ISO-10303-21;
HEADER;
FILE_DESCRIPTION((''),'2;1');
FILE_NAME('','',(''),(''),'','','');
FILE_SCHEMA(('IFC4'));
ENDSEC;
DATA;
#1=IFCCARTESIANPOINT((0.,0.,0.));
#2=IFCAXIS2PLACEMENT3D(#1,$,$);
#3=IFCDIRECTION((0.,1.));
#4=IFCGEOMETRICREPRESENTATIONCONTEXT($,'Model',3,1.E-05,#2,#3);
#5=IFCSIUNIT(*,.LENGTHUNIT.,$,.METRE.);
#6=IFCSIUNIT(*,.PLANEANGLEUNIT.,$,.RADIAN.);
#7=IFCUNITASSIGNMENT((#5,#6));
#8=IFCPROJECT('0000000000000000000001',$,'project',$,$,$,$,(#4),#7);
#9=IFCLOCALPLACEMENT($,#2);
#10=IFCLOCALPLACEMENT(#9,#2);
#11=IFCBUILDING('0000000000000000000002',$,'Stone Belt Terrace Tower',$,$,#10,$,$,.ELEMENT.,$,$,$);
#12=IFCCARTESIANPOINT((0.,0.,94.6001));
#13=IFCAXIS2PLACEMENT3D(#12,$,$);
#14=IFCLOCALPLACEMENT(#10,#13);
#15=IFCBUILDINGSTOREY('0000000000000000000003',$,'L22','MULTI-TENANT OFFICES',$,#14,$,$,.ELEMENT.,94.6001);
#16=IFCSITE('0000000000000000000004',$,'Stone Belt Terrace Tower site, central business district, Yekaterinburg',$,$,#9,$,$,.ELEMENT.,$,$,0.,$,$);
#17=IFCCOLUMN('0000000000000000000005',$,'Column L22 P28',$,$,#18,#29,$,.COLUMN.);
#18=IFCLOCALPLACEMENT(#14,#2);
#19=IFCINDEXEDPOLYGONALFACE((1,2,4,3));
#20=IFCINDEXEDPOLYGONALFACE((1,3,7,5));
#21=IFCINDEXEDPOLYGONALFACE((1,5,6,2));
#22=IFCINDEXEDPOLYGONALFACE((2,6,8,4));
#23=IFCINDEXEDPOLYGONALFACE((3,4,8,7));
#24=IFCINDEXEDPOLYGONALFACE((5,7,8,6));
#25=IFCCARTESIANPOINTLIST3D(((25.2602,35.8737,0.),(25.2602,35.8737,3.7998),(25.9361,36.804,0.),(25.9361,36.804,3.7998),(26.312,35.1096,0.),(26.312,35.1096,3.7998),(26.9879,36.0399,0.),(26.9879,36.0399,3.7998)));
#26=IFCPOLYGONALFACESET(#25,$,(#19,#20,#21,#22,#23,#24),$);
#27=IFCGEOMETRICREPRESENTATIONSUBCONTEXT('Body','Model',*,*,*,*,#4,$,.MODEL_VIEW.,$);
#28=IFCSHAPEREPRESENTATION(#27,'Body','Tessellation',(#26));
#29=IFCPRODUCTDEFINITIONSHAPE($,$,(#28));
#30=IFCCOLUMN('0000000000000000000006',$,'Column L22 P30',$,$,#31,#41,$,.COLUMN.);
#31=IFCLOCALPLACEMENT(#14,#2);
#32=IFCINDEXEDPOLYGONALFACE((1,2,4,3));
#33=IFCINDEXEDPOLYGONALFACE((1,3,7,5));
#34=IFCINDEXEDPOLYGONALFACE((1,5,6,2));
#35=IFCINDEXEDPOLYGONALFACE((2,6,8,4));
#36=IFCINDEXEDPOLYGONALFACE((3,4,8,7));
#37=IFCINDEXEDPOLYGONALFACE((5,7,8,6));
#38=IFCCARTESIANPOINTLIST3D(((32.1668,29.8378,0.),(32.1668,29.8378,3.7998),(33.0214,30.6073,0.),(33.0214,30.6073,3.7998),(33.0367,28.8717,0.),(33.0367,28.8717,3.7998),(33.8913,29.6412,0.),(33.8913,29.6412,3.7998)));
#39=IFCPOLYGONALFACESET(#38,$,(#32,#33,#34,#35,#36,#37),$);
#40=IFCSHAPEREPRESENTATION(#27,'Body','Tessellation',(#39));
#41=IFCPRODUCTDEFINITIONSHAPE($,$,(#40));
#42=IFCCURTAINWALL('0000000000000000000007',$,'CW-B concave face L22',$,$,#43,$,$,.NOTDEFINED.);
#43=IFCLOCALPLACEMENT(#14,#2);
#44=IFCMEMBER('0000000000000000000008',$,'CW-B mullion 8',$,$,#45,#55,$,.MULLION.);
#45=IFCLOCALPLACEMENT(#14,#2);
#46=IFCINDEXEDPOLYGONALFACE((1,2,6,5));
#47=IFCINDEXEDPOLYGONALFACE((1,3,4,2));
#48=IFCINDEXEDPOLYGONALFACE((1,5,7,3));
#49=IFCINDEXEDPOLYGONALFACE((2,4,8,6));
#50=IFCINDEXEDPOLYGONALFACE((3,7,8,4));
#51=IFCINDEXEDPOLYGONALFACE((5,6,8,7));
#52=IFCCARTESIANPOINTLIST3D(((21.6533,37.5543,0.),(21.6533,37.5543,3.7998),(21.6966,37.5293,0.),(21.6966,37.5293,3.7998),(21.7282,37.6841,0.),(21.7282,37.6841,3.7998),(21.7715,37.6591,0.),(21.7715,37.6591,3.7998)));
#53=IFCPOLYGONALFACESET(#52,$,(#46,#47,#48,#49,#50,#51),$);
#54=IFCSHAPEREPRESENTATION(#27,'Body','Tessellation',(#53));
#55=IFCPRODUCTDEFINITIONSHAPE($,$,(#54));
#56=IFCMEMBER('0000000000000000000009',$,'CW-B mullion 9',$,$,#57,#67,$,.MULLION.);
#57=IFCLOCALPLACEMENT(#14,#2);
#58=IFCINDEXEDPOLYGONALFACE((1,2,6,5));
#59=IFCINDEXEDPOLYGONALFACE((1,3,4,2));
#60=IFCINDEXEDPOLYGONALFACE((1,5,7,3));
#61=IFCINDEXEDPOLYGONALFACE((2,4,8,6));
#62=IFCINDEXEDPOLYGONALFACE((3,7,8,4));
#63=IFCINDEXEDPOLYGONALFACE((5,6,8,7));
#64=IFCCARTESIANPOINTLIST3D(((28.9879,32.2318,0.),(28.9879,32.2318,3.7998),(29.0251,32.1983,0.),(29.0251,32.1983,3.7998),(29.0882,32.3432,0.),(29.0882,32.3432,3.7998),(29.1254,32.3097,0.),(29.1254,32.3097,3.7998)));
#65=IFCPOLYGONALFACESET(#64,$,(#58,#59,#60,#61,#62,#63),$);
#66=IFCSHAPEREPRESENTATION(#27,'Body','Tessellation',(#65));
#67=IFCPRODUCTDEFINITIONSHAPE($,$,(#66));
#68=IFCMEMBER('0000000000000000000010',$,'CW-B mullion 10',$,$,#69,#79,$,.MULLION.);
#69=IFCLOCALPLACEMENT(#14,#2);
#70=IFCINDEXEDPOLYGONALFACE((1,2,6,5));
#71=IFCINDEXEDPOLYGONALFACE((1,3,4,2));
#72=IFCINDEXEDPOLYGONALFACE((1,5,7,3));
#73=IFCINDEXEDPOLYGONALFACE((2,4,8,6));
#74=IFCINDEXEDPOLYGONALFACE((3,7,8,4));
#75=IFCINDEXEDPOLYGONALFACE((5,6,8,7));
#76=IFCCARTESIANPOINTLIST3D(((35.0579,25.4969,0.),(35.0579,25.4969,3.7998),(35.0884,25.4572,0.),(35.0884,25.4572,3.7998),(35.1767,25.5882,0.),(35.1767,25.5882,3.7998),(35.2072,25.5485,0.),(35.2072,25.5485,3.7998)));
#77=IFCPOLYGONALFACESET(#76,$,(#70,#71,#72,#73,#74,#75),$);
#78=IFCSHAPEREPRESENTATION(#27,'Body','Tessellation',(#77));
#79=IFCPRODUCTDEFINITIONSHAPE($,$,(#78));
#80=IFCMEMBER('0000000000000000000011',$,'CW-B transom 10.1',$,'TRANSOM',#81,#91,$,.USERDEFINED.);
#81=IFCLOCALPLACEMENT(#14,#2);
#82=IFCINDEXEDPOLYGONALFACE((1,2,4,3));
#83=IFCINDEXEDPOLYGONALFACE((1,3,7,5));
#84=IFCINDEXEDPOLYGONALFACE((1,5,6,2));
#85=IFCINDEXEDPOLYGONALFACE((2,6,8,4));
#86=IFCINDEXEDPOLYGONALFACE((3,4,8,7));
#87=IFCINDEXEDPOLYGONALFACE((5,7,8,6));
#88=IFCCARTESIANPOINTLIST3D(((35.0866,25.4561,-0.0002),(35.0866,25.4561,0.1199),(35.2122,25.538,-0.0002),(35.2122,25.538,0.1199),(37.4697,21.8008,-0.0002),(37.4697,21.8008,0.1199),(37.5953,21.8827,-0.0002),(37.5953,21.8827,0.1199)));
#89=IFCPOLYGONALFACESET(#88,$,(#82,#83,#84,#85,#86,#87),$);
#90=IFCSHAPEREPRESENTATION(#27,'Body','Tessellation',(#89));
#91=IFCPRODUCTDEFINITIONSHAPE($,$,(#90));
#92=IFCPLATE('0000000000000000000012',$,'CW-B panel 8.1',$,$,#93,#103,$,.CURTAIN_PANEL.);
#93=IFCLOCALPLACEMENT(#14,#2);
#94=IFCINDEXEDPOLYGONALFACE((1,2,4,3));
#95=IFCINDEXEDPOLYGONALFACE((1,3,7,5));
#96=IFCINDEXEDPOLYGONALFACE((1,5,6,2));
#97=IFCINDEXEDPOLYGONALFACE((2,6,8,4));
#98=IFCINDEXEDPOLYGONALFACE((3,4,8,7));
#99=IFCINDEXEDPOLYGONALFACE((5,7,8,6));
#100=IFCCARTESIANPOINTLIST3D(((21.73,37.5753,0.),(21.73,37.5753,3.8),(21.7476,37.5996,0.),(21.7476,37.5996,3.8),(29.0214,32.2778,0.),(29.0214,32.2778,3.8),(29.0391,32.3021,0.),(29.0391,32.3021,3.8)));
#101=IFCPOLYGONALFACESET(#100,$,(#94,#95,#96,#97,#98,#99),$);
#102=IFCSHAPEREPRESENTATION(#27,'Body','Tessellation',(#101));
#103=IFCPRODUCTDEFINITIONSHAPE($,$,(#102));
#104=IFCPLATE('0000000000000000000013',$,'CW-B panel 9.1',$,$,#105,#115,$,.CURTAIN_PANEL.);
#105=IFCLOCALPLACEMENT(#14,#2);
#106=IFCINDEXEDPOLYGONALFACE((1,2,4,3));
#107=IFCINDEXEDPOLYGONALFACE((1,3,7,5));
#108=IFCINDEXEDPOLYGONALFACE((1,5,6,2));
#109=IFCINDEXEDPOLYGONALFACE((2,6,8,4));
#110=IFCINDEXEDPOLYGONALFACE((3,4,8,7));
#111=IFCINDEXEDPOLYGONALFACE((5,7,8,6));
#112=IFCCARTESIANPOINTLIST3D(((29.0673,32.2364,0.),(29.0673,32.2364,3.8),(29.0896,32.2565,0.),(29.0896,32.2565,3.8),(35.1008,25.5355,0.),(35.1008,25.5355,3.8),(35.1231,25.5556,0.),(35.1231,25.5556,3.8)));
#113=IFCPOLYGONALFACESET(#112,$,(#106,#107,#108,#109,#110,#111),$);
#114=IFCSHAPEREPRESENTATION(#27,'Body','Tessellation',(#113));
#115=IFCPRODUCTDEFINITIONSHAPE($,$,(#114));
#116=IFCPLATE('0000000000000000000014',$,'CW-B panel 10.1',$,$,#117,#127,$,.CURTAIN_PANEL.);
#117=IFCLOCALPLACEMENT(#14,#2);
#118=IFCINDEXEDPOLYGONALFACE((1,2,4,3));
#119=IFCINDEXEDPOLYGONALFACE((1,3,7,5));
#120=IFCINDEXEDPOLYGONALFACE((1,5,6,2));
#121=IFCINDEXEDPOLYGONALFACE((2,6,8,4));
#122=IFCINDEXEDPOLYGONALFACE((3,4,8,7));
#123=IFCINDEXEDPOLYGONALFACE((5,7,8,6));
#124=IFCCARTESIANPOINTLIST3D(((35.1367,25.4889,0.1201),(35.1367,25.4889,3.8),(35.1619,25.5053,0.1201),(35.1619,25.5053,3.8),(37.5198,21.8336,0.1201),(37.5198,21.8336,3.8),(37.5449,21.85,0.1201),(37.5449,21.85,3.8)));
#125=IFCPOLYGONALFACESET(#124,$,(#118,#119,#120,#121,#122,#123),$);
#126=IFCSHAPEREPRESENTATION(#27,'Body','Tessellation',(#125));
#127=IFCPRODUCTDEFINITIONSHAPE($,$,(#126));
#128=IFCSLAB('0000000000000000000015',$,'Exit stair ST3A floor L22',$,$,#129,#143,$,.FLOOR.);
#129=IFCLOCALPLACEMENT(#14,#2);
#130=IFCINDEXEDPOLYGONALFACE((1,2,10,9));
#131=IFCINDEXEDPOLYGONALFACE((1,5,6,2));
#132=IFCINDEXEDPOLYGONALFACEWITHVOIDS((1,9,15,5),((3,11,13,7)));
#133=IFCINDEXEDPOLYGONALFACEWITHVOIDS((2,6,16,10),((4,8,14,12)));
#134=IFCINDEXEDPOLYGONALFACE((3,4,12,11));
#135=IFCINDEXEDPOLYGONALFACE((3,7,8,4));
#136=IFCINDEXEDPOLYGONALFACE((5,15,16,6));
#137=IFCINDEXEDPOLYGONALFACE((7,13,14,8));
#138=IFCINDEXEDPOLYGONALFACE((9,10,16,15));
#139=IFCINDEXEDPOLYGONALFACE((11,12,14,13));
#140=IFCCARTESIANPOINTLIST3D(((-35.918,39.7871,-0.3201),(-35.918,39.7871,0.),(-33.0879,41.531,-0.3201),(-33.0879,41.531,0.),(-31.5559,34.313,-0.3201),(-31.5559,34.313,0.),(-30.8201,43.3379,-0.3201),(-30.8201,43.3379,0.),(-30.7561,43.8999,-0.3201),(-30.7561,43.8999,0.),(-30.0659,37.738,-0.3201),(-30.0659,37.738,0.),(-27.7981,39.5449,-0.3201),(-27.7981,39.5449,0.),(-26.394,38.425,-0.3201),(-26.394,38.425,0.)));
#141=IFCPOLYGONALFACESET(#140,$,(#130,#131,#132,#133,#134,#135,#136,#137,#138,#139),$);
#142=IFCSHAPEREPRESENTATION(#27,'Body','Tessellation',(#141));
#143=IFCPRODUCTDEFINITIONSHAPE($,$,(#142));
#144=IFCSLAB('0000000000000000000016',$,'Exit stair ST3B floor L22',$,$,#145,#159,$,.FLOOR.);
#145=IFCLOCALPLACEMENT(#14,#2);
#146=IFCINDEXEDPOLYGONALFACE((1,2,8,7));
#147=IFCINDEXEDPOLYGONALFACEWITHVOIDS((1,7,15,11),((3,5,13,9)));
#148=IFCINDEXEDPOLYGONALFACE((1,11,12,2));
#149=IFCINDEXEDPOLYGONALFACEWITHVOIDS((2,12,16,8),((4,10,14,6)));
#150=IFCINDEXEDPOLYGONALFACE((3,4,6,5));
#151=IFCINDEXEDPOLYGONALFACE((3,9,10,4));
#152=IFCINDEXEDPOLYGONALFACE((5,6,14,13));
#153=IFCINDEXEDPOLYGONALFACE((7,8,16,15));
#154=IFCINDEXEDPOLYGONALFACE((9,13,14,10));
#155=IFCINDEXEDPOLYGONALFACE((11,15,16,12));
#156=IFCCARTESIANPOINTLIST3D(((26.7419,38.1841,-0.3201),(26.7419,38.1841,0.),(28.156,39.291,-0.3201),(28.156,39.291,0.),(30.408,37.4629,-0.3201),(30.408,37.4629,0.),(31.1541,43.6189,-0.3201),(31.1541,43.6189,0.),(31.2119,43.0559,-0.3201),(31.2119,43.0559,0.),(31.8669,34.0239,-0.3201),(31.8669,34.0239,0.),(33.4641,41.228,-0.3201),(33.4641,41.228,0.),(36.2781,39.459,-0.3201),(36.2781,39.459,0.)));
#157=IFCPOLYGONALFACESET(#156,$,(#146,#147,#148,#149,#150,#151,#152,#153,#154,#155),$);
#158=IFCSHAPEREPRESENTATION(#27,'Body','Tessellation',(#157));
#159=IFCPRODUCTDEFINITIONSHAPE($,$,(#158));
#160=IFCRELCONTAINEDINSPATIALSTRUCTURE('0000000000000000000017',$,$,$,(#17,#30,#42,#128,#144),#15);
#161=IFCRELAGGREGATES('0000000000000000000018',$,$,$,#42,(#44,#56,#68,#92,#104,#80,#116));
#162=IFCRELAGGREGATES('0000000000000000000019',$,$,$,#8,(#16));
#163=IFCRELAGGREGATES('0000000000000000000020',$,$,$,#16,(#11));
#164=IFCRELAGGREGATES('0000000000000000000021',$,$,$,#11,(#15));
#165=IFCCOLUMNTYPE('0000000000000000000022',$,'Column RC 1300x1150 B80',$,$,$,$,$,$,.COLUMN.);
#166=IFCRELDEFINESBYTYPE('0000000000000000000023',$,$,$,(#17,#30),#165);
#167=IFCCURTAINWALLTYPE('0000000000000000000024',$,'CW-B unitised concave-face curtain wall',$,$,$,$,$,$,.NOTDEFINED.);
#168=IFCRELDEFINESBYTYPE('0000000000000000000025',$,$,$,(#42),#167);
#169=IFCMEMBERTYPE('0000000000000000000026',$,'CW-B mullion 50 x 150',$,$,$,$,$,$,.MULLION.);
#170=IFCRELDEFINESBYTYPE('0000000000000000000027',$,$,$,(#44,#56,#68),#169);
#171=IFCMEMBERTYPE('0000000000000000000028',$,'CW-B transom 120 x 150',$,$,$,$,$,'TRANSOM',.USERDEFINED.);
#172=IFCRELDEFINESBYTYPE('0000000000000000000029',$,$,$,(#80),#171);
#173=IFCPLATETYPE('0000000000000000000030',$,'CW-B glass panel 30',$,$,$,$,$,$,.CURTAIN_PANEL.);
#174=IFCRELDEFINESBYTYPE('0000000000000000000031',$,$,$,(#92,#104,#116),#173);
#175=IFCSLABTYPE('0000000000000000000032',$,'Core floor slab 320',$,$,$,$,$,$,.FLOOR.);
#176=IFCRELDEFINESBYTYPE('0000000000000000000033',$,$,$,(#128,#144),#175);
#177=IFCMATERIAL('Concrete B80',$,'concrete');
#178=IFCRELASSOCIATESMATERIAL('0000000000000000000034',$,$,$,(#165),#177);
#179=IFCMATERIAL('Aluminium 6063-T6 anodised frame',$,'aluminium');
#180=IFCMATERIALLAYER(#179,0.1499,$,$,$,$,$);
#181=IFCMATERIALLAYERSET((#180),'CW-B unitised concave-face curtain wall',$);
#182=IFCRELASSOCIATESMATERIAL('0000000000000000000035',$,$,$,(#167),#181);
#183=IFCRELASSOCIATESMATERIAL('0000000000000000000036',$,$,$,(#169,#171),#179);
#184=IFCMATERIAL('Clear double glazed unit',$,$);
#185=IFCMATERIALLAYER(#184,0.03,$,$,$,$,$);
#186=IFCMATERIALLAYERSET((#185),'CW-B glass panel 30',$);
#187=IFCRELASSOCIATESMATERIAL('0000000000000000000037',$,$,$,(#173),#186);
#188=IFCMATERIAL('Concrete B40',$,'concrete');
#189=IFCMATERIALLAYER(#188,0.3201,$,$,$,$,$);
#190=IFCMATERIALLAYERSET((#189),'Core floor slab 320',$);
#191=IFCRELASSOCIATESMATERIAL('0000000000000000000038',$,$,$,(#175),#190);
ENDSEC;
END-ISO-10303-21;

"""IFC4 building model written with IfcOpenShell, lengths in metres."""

from ifc_helpers import new_model, si_unit, direction, frame, origin, origin_2d, place, context, subcontext, project, spatial, polyline, rectangle, outline, extrude, material, layer, layer_set, material_profile, profile_set, type_object, element, aggregate, save


model = new_model("IFC4")

# Units and contexts
model_context = context("Model", 3, precision=1e-05, world=origin(), true_north=direction((0.0, 1.0)))
body_context = subcontext(model_context, "Body", "Model", "MODEL_VIEW")
ifc_project = project(units=[si_unit("LENGTHUNIT", "METRE"), si_unit("PLANEANGLEUNIT", "RADIAN")], contexts=[model_context])

# Site, building, storey
site_placement = place(None, origin())
site = spatial("IfcSite", under=ifc_project, at=site_placement, Name="Stone Belt Terrace Tower site, central business district, Yekaterinburg", CompositionType="ELEMENT", RefElevation=0.0)
building_placement = place(site_placement, origin())
building = spatial("IfcBuilding", under=site, at=building_placement, Name="Stone Belt Terrace Tower", CompositionType="ELEMENT")
storey_placement = place(building_placement, frame((0.0, 0.0, 94.6001)))
storey = spatial("IfcBuildingStorey", under=building, at=storey_placement, Name="L22", Description="MULTI-TENANT OFFICES", CompositionType="ELEMENT", Elevation=94.6001)

# Columns
ifc_material_1 = material(Name="Concrete B80", Category="concrete")
ifc_material_profile_1 = material_profile(ifc_material_1, rectangle(XDim=1.3, YDim=1.1499, at=origin_2d()), Name="RC 1300x1150")
ifc_profile_set_1 = profile_set([ifc_material_profile_1], Name="Concrete B80")
column_type = type_object("IfcColumnType", Name="Column RC 1300x1150 B80", PredefinedType="COLUMN", material=ifc_profile_set_1)
for number, where, z_axis, x_axis, name in (
    (1, (26.124, 35.9568, 0.0), (0.0, 0.0, 1.0), (0.809017, -0.587785, 0.0), "Column L22 P28"),
    (2, (33.0291, 29.7395, 0.0), (0.0, 0.0, 1.0), (0.669131, -0.743145, 0.0), "Column L22 P30"),
):
    element("IfcColumn", number, at=place(storey_placement, frame(where, z_axis=z_axis, x_axis=x_axis)), inside=storey, type_object=column_type, Name=name, PredefinedType="COLUMN", context=body_context, shape_type="SweptSolid", body=[
        extrude(rectangle(XDim=1.3, YDim=1.1499, at=origin_2d()), origin(), (0.0, 0.0, 1.0), 3.7998),
    ])

# Curtain wall, members, plates
ifc_material_2 = material(Name="Aluminium 6063-T6 anodised frame", Category="aluminium")
ifc_layer_1 = layer(ifc_material_2, 0.1499)
ifc_layer_set_1 = layer_set([ifc_layer_1], Name="CW-B unitised concave-face curtain wall")
curtain_wall_type = type_object("IfcCurtainWallType", Name="CW-B unitised concave-face curtain wall", PredefinedType="NOTDEFINED", material=ifc_layer_set_1)
curtain_wall_placement = place(storey_placement, origin())
curtain_wall = element("IfcCurtainWall", 3, at=curtain_wall_placement, inside=storey, type_object=curtain_wall_type, Name="CW-B concave face L22", PredefinedType="NOTDEFINED")
ifc_material_profile_2 = material_profile(ifc_material_2, rectangle(XDim=0.1499, YDim=0.05, at=origin_2d()), Name="Aluminium 6063-T6 50x150")
ifc_profile_set_2 = profile_set([ifc_material_profile_2], Name="Aluminium 6063-T6 anodised frame")
member_type_1 = type_object("IfcMemberType", Name="CW-B mullion 50 x 150", PredefinedType="MULLION", material=ifc_profile_set_2)
member_1_placement = place(storey_placement, frame((21.7124, 37.6067, 0.0), z_axis=(0.0, 0.0, 1.0), x_axis=(0.5, 0.866025, 0.0)))
member_1 = element("IfcMember", 4, at=member_1_placement, type_object=member_type_1, Name="CW-B mullion 8", PredefinedType="MULLION", context=body_context, shape_type="SweptSolid", body=[
    extrude(rectangle(XDim=0.1499, YDim=0.05, at=origin_2d()), origin(), (0.0, 0.0, 1.0), 3.7998),
])
member_2_placement = place(storey_placement, frame((29.0566, 32.2708, 0.0), z_axis=(0.0, 0.0, 1.0), x_axis=(0.669131, 0.743145, 0.0)))
member_2 = element("IfcMember", 5, at=member_2_placement, type_object=member_type_1, Name="CW-B mullion 9", PredefinedType="MULLION", context=body_context, shape_type="SweptSolid", body=[
    extrude(rectangle(XDim=0.1499, YDim=0.05, at=origin_2d()), origin(), (0.0, 0.0, 1.0), 3.7998),
])
member_3_placement = place(storey_placement, frame((35.1326, 25.5227, 0.0), z_axis=(0.0, 0.0, 1.0), x_axis=(0.792811, 0.609468, 0.0)))
member_3 = element("IfcMember", 6, at=member_3_placement, type_object=member_type_1, Name="CW-B mullion 10", PredefinedType="MULLION", context=body_context, shape_type="SweptSolid", body=[
    extrude(rectangle(XDim=0.1499, YDim=0.05, at=origin_2d()), origin(), (0.0, 0.0, 1.0), 3.7998),
])
ifc_material_profile_3 = material_profile(ifc_material_2, rectangle(XDim=0.1499, YDim=0.1201, at=origin_2d()), Name="Aluminium 6063-T6 150x120")
ifc_profile_set_3 = profile_set([ifc_material_profile_3], Name="Aluminium 6063-T6 anodised frame")
member_type_2 = type_object("IfcMemberType", Name="CW-B transom 120 x 150", ElementType="TRANSOM", PredefinedType="USERDEFINED", material=ifc_profile_set_3)
member_4_placement = place(storey_placement, frame((35.1494, 25.4971, 0.0598), z_axis=(0.546136, -0.837696, 0.0), x_axis=(0.837696, 0.546136, 0.0)))
member_4 = element("IfcMember", 7, at=member_4_placement, type_object=member_type_2, Name="CW-B transom 10.1", ObjectType="TRANSOM", PredefinedType="USERDEFINED", context=body_context, shape_type="SweptSolid", body=[
    extrude(rectangle(XDim=0.1499, YDim=0.1201, at=origin_2d()), origin(), (0.0, 0.0, 1.0), 4.3635),
])
ifc_material_3 = material(Name="Clear double glazed unit")
ifc_layer_2 = layer(ifc_material_3, 0.03)
ifc_layer_set_2 = layer_set([ifc_layer_2], Name="CW-B glass panel 30")
plate_type = type_object("IfcPlateType", Name="CW-B glass panel 30", PredefinedType="CURTAIN_PANEL", material=ifc_layer_set_2)
plate_1_placement = place(storey_placement, frame((25.3845, 34.9387, 0.0), z_axis=(0.0, 0.0, 1.0), x_axis=(0.809017, -0.587785, 0.0)))
plate_1 = element("IfcPlate", 8, at=plate_1_placement, type_object=plate_type, Name="CW-B panel 8.1", PredefinedType="CURTAIN_PANEL", context=body_context, shape_type="SweptSolid", body=[
    extrude(rectangle(XDim=9.0127, YDim=0.03, at=origin_2d()), origin(), (0.0, 0.0, 1.0), 3.8),
])
plate_2_placement = place(storey_placement, frame((32.0952, 28.896, 0.0), z_axis=(0.0, 0.0, 1.0), x_axis=(0.669131, -0.743145, 0.0)))
plate_2 = element("IfcPlate", 9, at=plate_2_placement, type_object=plate_type, Name="CW-B panel 9.1", PredefinedType="CURTAIN_PANEL", context=body_context, shape_type="SweptSolid", body=[
    extrude(rectangle(XDim=9.0168, YDim=0.03, at=origin_2d()), origin(), (0.0, 0.0, 1.0), 3.8),
])
plate_3_placement = place(storey_placement, frame((36.3408, 23.6694, 0.1201), z_axis=(0.0, 0.0, 1.0), x_axis=(0.546132, -0.837699, 0.0)))
plate_3 = element("IfcPlate", 10, at=plate_3_placement, type_object=plate_type, Name="CW-B panel 10.1", PredefinedType="CURTAIN_PANEL", context=body_context, shape_type="SweptSolid", body=[
    extrude(rectangle(XDim=4.3635, YDim=0.03, at=origin_2d()), origin(), (0.0, 0.0, 1.0), 3.6799),
])
aggregate(curtain_wall, [member_1, member_2, member_3, plate_1, plate_2, member_4, plate_3])

# Slabs
ifc_material_4 = material(Name="Concrete B40", Category="concrete")
ifc_layer_3 = layer(ifc_material_4, 0.3201)
ifc_layer_set_3 = layer_set([ifc_layer_3], Name="Core floor slab 320")
slab_type = type_object("IfcSlabType", Name="Core floor slab 320", PredefinedType="FLOOR", material=ifc_layer_set_3)
slab_1_placement = place(storey_placement, frame((0.0, 0.0, -0.3201)))
element("IfcSlab", 11, at=slab_1_placement, inside=storey, type_object=slab_type, Name="Exit stair ST3A floor L22", PredefinedType="FLOOR", context=body_context, shape_type="SweptSolid", body=[
    extrude(outline(polyline([(-26.394, 38.425), (-30.7561, 43.8999), (-35.918, 39.7871), (-31.5559, 34.313), (-26.394, 38.425)]), holes=[polyline([(-27.7981, 39.5449), (-30.0659, 37.738), (-33.0879, 41.531), (-30.8201, 43.3379), (-27.7981, 39.5449)])]), origin(), (0.0, 0.0, 1.0), 0.3201),
])
slab_2_placement = place(storey_placement, frame((0.0, 0.0, -0.3201)))
element("IfcSlab", 12, at=slab_2_placement, inside=storey, type_object=slab_type, Name="Exit stair ST3B floor L22", PredefinedType="FLOOR", context=body_context, shape_type="SweptSolid", body=[
    extrude(outline(polyline([(26.7419, 38.1841), (31.8669, 34.0239), (36.2781, 39.459), (31.1541, 43.6189), (26.7419, 38.1841)]), holes=[polyline([(30.408, 37.4629), (28.156, 39.291), (31.2119, 43.0559), (33.4641, 41.228), (30.408, 37.4629)])]), origin(), (0.0, 0.0, 1.0), 0.3201),
])

save(model, "model.ifc")
